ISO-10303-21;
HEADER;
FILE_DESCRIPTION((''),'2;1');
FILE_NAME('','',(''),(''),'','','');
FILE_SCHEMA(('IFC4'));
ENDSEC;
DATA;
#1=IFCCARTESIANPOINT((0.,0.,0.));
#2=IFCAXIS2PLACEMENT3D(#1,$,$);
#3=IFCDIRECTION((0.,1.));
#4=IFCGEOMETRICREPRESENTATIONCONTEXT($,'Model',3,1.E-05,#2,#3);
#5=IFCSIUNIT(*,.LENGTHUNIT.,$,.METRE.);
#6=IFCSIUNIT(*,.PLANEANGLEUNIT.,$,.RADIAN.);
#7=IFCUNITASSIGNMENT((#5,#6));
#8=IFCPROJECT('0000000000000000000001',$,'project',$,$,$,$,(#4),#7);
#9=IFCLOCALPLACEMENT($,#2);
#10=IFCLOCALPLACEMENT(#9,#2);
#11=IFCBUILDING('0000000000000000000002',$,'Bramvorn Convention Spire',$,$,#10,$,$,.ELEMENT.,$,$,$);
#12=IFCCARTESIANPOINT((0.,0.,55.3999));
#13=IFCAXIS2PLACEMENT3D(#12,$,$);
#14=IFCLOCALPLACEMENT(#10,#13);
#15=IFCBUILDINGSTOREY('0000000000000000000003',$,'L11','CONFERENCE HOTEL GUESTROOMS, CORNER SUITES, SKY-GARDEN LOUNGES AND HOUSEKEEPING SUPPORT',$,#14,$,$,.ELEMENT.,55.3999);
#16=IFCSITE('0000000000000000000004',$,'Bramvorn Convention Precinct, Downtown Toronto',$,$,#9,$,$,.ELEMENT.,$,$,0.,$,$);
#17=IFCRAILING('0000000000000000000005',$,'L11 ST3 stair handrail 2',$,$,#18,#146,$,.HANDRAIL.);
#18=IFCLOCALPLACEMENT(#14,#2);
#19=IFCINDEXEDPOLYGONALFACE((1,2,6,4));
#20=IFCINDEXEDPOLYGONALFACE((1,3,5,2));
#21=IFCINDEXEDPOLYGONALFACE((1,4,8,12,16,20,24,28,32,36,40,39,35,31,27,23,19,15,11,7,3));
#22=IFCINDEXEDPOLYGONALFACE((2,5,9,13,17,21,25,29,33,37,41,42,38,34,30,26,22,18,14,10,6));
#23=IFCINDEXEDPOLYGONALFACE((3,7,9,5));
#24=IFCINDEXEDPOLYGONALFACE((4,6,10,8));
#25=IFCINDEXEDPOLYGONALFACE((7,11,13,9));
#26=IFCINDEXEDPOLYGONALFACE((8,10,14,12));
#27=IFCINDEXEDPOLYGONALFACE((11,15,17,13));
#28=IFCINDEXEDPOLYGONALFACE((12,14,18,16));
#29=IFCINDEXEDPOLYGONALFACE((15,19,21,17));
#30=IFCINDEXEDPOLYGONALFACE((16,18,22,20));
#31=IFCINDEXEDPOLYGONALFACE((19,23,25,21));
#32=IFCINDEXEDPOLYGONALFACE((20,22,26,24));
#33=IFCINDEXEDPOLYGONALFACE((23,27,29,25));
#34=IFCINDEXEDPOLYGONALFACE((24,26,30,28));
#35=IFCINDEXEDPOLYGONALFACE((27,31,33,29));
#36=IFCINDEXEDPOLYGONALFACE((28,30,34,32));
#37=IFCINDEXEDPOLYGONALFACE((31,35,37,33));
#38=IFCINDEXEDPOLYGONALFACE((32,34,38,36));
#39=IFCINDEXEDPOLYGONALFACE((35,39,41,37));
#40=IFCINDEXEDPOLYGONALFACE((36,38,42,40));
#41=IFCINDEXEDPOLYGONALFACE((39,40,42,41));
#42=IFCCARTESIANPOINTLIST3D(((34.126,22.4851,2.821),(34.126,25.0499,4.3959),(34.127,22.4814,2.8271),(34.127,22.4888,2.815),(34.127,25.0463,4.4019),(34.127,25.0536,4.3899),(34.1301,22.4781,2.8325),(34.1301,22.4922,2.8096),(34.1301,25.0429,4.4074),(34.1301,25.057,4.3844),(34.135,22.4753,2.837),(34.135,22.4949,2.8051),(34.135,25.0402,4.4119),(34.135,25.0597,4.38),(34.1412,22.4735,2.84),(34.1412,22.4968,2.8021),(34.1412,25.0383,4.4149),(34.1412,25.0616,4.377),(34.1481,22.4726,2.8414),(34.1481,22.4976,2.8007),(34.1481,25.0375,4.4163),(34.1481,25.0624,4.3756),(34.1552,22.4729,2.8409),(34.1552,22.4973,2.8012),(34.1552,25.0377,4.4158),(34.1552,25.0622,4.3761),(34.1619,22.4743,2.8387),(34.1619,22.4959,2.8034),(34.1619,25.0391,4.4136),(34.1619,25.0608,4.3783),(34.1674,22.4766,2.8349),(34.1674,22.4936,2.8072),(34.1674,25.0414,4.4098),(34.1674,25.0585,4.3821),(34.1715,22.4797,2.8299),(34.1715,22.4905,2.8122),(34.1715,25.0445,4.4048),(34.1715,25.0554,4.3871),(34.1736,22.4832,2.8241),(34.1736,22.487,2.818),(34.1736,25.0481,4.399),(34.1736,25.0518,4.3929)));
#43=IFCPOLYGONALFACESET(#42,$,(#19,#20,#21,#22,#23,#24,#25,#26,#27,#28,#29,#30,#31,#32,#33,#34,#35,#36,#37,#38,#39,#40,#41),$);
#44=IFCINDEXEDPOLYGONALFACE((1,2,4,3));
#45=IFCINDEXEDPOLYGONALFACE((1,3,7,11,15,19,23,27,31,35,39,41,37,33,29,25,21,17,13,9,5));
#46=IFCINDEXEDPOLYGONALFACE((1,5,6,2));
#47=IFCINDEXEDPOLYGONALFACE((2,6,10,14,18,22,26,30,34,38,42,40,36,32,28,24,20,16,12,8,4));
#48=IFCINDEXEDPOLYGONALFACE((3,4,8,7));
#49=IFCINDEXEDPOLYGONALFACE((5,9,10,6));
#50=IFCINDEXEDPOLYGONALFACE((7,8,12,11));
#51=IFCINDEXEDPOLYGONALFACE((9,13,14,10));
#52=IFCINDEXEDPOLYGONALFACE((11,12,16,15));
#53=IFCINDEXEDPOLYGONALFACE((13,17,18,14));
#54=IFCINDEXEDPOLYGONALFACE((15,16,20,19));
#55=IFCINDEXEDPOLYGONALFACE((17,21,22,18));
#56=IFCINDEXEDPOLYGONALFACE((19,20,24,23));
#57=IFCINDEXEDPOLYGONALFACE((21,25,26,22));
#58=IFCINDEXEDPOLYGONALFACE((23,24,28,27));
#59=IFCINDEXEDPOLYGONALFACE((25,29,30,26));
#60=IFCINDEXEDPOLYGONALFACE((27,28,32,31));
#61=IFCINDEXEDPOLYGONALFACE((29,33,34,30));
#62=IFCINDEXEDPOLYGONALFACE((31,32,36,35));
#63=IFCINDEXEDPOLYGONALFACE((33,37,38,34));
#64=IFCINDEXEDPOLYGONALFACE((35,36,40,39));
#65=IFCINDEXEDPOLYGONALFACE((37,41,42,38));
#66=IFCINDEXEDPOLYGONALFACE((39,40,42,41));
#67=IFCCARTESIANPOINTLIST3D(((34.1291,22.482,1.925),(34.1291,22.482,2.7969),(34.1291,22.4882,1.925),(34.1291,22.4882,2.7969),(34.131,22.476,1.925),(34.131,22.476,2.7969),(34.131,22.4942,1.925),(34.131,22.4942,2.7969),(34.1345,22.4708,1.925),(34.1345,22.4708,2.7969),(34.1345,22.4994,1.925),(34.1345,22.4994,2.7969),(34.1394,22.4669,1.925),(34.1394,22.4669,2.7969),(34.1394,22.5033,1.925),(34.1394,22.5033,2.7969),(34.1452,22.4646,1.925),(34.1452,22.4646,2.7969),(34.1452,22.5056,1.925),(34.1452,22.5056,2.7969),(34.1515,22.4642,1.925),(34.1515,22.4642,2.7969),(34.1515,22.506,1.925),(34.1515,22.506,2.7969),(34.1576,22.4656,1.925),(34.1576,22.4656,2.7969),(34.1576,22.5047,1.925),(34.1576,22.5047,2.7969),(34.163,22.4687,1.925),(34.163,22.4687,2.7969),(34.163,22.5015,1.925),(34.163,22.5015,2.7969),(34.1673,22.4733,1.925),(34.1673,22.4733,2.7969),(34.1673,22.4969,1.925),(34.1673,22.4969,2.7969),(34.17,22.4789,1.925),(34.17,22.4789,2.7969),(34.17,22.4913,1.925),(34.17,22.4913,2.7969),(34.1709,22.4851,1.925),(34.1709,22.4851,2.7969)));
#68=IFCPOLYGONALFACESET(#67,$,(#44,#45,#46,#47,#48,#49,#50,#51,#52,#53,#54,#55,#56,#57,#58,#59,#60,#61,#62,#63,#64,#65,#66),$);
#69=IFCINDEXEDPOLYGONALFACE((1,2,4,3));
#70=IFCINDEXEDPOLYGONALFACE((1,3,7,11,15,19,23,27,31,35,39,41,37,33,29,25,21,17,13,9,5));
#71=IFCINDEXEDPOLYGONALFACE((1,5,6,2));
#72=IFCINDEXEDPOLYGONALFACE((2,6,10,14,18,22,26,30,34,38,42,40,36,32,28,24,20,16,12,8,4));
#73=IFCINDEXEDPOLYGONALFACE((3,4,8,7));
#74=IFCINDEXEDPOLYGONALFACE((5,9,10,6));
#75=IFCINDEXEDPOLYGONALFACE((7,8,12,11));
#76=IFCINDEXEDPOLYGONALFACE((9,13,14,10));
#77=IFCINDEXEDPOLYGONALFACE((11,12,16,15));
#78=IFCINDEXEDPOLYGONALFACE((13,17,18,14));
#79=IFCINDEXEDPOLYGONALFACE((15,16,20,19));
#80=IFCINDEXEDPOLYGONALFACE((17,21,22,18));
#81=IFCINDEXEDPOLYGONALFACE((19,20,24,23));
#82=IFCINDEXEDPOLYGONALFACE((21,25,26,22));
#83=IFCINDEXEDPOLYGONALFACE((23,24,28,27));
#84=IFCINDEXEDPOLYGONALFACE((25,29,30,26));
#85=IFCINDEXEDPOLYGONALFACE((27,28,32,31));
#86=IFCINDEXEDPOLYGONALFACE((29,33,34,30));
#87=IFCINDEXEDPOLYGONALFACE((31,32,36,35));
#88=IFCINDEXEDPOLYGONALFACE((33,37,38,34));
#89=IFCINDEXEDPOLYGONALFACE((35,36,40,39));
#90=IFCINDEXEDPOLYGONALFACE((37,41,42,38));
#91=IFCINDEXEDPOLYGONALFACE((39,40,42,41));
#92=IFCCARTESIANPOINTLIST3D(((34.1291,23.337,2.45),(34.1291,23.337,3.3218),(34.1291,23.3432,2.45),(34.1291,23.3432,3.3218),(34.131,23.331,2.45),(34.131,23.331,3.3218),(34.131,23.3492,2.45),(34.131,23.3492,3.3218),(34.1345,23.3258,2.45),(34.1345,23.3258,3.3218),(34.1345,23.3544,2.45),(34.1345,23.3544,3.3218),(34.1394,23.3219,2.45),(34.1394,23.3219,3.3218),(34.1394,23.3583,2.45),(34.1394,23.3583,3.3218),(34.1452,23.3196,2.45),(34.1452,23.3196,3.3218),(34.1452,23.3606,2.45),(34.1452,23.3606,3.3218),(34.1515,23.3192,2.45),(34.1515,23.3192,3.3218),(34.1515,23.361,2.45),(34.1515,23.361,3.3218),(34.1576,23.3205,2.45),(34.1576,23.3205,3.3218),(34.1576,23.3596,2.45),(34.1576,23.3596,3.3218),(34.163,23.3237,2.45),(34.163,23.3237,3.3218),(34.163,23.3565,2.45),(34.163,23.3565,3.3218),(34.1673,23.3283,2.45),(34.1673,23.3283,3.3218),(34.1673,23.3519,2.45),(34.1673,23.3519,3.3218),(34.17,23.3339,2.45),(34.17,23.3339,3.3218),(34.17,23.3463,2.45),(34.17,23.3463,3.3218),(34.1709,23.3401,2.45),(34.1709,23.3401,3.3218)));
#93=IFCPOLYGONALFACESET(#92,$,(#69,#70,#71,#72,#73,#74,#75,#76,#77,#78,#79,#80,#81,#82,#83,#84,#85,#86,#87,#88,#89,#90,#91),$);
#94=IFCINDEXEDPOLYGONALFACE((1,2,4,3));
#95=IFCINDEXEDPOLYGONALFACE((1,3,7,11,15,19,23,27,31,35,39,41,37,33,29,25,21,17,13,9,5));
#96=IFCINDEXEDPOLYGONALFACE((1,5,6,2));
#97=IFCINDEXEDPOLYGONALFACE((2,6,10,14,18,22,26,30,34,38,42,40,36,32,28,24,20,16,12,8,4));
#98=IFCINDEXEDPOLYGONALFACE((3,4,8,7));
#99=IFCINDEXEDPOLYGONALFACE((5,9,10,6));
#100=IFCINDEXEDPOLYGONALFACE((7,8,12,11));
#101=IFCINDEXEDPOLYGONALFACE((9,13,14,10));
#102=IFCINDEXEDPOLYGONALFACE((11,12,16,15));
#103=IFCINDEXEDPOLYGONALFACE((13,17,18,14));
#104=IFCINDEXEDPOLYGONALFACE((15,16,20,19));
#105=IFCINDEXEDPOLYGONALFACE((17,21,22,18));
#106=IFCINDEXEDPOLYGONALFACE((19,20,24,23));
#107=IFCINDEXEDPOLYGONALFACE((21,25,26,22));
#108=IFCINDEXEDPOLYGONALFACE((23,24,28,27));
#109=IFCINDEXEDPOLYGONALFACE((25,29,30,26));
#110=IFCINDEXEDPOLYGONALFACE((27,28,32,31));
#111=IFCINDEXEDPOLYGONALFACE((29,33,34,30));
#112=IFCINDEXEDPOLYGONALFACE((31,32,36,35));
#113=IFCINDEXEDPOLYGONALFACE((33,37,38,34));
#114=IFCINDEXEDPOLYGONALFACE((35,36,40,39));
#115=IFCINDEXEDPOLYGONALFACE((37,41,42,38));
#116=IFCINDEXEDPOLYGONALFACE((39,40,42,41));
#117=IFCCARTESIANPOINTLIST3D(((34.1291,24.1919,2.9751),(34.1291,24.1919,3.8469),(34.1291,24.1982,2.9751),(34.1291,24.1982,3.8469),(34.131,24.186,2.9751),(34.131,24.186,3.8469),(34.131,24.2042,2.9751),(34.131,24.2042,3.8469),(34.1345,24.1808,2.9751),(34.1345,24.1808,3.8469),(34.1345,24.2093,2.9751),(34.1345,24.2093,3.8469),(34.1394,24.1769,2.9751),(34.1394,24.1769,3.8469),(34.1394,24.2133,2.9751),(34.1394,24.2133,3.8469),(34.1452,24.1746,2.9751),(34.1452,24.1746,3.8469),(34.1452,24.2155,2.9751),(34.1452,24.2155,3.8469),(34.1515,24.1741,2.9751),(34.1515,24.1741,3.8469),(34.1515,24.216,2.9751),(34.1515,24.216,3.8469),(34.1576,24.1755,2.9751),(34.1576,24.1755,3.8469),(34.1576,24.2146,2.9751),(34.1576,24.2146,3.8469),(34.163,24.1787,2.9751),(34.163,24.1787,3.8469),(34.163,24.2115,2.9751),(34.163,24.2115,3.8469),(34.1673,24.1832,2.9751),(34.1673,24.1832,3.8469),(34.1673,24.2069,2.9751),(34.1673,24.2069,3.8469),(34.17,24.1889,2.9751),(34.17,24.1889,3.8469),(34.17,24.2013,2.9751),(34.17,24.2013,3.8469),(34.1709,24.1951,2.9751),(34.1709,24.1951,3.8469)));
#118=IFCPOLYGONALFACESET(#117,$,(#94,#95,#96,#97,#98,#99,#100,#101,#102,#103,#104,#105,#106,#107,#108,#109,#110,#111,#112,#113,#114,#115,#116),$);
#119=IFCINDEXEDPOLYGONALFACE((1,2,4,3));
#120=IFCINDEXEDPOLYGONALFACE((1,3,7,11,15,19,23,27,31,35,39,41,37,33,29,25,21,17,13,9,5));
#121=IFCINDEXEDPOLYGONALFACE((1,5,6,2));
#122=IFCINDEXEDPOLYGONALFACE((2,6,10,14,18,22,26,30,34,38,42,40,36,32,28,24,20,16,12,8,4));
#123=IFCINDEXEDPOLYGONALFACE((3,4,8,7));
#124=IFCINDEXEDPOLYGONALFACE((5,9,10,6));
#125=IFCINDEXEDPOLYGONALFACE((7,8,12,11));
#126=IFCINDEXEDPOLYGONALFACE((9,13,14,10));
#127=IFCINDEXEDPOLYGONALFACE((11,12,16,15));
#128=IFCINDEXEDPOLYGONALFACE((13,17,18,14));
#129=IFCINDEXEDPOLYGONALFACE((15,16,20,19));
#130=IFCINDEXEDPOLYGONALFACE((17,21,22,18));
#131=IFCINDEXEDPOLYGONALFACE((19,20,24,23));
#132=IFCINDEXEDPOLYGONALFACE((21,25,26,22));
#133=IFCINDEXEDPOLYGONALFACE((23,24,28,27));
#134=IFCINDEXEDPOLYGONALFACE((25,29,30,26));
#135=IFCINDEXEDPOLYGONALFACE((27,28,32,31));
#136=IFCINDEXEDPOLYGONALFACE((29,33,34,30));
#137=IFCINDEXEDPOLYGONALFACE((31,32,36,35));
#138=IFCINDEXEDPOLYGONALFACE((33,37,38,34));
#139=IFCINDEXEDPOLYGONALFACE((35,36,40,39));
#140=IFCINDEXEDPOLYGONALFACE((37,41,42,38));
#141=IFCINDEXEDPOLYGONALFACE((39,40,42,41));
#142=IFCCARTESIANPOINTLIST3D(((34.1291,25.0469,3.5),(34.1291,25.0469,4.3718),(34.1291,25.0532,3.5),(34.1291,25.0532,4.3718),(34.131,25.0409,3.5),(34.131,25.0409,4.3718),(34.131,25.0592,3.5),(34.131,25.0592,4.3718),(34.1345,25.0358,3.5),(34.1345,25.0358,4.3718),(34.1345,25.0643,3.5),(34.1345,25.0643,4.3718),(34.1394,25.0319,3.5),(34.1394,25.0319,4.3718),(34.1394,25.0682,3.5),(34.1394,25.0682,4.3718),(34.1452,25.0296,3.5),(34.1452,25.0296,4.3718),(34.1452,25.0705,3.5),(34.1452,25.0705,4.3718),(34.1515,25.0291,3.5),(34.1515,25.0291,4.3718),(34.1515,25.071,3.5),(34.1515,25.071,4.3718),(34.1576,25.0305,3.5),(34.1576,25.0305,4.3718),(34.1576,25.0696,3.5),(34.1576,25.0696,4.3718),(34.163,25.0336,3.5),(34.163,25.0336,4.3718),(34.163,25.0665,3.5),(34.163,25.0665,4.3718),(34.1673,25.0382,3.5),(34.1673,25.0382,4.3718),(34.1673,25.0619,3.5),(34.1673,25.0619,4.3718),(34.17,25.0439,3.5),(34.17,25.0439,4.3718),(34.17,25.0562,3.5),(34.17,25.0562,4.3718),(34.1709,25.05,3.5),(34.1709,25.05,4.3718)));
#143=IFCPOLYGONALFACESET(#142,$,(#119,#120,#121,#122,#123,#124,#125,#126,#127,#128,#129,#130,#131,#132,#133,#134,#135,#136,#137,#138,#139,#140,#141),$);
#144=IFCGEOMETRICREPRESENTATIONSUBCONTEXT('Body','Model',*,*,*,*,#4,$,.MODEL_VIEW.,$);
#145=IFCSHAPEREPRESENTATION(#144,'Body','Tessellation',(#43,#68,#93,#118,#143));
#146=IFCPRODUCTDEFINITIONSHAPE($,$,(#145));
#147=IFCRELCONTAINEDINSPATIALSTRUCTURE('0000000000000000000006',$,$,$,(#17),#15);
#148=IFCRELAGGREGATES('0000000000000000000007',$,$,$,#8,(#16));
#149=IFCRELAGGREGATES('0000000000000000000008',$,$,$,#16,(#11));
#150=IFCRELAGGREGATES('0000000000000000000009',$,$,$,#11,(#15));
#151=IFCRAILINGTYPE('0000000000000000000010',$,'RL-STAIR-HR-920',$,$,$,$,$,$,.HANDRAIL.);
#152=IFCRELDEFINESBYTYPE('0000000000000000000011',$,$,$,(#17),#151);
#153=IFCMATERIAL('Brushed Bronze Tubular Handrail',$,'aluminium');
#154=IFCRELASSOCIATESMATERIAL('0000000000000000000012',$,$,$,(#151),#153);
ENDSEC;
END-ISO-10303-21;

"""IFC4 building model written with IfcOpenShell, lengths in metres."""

from ifc_helpers import new_model, si_unit, direction, frame, origin, origin_2d, place, context, subcontext, project, spatial, circle, extrude, material, type_object, element, save


model = new_model("IFC4")

# Units and contexts
model_context = context("Model", 3, precision=1e-05, world=origin(), true_north=direction((0.0, 1.0)))
body_context = subcontext(model_context, "Body", "Model", "MODEL_VIEW")
ifc_project = project(units=[si_unit("LENGTHUNIT", "METRE"), si_unit("PLANEANGLEUNIT", "RADIAN")], contexts=[model_context])

# Site, building, storey
site_placement = place(None, origin())
site = spatial("IfcSite", under=ifc_project, at=site_placement, Name="Bramvorn Convention Precinct, Downtown Toronto", CompositionType="ELEMENT", RefElevation=0.0)
building_placement = place(site_placement, origin())
building = spatial("IfcBuilding", under=site, at=building_placement, Name="Bramvorn Convention Spire", CompositionType="ELEMENT")
storey_placement = place(building_placement, frame((0.0, 0.0, 55.3999)))
storey = spatial("IfcBuildingStorey", under=building, at=storey_placement, Name="L11", Description="CONFERENCE HOTEL GUESTROOMS, CORNER SUITES, SKY-GARDEN LOUNGES AND HOUSEKEEPING SUPPORT", CompositionType="ELEMENT", Elevation=55.3999)

# Railing
ifc_material_1 = material(Name="Brushed Bronze Tubular Handrail", Category="aluminium")
railing_type_1 = type_object("IfcRailingType", Name="RL-STAIR-HR-920", PredefinedType="HANDRAIL", material=ifc_material_1)
railing_1_placement = place(storey_placement, frame((34.1499, 22.4851, 1.925)))
element("IfcRailing", 1, at=railing_1_placement, inside=storey, type_object=railing_type_1, Name="L11 ST3 stair handrail 2", PredefinedType="HANDRAIL", context=body_context, shape_type="SweptSolid", body=[
    extrude(circle(Radius=0.0239, at=origin_2d()), frame((0.0, 0.0, 0.896), z_axis=(0.0, 0.852173, 0.52326), x_axis=(-1.0, 0.0, 0.0)), (0.0, 0.0, 1.0), 3.0098),
    extrude(circle(Radius=0.021, at=origin_2d()), origin(), (0.0, 0.0, 1.0), 0.8718),
    extrude(circle(Radius=0.021, at=origin_2d()), frame((0.0, 0.855, 0.5249)), (0.0, 0.0, 1.0), 0.8718),
    extrude(circle(Radius=0.021, at=origin_2d()), frame((0.0, 1.71, 1.05)), (0.0, 0.0, 1.0), 0.8718),
    extrude(circle(Radius=0.021, at=origin_2d()), frame((0.0, 2.5649, 1.575)), (0.0, 0.0, 1.0), 0.8718),
])

save(model, "model.ifc")
